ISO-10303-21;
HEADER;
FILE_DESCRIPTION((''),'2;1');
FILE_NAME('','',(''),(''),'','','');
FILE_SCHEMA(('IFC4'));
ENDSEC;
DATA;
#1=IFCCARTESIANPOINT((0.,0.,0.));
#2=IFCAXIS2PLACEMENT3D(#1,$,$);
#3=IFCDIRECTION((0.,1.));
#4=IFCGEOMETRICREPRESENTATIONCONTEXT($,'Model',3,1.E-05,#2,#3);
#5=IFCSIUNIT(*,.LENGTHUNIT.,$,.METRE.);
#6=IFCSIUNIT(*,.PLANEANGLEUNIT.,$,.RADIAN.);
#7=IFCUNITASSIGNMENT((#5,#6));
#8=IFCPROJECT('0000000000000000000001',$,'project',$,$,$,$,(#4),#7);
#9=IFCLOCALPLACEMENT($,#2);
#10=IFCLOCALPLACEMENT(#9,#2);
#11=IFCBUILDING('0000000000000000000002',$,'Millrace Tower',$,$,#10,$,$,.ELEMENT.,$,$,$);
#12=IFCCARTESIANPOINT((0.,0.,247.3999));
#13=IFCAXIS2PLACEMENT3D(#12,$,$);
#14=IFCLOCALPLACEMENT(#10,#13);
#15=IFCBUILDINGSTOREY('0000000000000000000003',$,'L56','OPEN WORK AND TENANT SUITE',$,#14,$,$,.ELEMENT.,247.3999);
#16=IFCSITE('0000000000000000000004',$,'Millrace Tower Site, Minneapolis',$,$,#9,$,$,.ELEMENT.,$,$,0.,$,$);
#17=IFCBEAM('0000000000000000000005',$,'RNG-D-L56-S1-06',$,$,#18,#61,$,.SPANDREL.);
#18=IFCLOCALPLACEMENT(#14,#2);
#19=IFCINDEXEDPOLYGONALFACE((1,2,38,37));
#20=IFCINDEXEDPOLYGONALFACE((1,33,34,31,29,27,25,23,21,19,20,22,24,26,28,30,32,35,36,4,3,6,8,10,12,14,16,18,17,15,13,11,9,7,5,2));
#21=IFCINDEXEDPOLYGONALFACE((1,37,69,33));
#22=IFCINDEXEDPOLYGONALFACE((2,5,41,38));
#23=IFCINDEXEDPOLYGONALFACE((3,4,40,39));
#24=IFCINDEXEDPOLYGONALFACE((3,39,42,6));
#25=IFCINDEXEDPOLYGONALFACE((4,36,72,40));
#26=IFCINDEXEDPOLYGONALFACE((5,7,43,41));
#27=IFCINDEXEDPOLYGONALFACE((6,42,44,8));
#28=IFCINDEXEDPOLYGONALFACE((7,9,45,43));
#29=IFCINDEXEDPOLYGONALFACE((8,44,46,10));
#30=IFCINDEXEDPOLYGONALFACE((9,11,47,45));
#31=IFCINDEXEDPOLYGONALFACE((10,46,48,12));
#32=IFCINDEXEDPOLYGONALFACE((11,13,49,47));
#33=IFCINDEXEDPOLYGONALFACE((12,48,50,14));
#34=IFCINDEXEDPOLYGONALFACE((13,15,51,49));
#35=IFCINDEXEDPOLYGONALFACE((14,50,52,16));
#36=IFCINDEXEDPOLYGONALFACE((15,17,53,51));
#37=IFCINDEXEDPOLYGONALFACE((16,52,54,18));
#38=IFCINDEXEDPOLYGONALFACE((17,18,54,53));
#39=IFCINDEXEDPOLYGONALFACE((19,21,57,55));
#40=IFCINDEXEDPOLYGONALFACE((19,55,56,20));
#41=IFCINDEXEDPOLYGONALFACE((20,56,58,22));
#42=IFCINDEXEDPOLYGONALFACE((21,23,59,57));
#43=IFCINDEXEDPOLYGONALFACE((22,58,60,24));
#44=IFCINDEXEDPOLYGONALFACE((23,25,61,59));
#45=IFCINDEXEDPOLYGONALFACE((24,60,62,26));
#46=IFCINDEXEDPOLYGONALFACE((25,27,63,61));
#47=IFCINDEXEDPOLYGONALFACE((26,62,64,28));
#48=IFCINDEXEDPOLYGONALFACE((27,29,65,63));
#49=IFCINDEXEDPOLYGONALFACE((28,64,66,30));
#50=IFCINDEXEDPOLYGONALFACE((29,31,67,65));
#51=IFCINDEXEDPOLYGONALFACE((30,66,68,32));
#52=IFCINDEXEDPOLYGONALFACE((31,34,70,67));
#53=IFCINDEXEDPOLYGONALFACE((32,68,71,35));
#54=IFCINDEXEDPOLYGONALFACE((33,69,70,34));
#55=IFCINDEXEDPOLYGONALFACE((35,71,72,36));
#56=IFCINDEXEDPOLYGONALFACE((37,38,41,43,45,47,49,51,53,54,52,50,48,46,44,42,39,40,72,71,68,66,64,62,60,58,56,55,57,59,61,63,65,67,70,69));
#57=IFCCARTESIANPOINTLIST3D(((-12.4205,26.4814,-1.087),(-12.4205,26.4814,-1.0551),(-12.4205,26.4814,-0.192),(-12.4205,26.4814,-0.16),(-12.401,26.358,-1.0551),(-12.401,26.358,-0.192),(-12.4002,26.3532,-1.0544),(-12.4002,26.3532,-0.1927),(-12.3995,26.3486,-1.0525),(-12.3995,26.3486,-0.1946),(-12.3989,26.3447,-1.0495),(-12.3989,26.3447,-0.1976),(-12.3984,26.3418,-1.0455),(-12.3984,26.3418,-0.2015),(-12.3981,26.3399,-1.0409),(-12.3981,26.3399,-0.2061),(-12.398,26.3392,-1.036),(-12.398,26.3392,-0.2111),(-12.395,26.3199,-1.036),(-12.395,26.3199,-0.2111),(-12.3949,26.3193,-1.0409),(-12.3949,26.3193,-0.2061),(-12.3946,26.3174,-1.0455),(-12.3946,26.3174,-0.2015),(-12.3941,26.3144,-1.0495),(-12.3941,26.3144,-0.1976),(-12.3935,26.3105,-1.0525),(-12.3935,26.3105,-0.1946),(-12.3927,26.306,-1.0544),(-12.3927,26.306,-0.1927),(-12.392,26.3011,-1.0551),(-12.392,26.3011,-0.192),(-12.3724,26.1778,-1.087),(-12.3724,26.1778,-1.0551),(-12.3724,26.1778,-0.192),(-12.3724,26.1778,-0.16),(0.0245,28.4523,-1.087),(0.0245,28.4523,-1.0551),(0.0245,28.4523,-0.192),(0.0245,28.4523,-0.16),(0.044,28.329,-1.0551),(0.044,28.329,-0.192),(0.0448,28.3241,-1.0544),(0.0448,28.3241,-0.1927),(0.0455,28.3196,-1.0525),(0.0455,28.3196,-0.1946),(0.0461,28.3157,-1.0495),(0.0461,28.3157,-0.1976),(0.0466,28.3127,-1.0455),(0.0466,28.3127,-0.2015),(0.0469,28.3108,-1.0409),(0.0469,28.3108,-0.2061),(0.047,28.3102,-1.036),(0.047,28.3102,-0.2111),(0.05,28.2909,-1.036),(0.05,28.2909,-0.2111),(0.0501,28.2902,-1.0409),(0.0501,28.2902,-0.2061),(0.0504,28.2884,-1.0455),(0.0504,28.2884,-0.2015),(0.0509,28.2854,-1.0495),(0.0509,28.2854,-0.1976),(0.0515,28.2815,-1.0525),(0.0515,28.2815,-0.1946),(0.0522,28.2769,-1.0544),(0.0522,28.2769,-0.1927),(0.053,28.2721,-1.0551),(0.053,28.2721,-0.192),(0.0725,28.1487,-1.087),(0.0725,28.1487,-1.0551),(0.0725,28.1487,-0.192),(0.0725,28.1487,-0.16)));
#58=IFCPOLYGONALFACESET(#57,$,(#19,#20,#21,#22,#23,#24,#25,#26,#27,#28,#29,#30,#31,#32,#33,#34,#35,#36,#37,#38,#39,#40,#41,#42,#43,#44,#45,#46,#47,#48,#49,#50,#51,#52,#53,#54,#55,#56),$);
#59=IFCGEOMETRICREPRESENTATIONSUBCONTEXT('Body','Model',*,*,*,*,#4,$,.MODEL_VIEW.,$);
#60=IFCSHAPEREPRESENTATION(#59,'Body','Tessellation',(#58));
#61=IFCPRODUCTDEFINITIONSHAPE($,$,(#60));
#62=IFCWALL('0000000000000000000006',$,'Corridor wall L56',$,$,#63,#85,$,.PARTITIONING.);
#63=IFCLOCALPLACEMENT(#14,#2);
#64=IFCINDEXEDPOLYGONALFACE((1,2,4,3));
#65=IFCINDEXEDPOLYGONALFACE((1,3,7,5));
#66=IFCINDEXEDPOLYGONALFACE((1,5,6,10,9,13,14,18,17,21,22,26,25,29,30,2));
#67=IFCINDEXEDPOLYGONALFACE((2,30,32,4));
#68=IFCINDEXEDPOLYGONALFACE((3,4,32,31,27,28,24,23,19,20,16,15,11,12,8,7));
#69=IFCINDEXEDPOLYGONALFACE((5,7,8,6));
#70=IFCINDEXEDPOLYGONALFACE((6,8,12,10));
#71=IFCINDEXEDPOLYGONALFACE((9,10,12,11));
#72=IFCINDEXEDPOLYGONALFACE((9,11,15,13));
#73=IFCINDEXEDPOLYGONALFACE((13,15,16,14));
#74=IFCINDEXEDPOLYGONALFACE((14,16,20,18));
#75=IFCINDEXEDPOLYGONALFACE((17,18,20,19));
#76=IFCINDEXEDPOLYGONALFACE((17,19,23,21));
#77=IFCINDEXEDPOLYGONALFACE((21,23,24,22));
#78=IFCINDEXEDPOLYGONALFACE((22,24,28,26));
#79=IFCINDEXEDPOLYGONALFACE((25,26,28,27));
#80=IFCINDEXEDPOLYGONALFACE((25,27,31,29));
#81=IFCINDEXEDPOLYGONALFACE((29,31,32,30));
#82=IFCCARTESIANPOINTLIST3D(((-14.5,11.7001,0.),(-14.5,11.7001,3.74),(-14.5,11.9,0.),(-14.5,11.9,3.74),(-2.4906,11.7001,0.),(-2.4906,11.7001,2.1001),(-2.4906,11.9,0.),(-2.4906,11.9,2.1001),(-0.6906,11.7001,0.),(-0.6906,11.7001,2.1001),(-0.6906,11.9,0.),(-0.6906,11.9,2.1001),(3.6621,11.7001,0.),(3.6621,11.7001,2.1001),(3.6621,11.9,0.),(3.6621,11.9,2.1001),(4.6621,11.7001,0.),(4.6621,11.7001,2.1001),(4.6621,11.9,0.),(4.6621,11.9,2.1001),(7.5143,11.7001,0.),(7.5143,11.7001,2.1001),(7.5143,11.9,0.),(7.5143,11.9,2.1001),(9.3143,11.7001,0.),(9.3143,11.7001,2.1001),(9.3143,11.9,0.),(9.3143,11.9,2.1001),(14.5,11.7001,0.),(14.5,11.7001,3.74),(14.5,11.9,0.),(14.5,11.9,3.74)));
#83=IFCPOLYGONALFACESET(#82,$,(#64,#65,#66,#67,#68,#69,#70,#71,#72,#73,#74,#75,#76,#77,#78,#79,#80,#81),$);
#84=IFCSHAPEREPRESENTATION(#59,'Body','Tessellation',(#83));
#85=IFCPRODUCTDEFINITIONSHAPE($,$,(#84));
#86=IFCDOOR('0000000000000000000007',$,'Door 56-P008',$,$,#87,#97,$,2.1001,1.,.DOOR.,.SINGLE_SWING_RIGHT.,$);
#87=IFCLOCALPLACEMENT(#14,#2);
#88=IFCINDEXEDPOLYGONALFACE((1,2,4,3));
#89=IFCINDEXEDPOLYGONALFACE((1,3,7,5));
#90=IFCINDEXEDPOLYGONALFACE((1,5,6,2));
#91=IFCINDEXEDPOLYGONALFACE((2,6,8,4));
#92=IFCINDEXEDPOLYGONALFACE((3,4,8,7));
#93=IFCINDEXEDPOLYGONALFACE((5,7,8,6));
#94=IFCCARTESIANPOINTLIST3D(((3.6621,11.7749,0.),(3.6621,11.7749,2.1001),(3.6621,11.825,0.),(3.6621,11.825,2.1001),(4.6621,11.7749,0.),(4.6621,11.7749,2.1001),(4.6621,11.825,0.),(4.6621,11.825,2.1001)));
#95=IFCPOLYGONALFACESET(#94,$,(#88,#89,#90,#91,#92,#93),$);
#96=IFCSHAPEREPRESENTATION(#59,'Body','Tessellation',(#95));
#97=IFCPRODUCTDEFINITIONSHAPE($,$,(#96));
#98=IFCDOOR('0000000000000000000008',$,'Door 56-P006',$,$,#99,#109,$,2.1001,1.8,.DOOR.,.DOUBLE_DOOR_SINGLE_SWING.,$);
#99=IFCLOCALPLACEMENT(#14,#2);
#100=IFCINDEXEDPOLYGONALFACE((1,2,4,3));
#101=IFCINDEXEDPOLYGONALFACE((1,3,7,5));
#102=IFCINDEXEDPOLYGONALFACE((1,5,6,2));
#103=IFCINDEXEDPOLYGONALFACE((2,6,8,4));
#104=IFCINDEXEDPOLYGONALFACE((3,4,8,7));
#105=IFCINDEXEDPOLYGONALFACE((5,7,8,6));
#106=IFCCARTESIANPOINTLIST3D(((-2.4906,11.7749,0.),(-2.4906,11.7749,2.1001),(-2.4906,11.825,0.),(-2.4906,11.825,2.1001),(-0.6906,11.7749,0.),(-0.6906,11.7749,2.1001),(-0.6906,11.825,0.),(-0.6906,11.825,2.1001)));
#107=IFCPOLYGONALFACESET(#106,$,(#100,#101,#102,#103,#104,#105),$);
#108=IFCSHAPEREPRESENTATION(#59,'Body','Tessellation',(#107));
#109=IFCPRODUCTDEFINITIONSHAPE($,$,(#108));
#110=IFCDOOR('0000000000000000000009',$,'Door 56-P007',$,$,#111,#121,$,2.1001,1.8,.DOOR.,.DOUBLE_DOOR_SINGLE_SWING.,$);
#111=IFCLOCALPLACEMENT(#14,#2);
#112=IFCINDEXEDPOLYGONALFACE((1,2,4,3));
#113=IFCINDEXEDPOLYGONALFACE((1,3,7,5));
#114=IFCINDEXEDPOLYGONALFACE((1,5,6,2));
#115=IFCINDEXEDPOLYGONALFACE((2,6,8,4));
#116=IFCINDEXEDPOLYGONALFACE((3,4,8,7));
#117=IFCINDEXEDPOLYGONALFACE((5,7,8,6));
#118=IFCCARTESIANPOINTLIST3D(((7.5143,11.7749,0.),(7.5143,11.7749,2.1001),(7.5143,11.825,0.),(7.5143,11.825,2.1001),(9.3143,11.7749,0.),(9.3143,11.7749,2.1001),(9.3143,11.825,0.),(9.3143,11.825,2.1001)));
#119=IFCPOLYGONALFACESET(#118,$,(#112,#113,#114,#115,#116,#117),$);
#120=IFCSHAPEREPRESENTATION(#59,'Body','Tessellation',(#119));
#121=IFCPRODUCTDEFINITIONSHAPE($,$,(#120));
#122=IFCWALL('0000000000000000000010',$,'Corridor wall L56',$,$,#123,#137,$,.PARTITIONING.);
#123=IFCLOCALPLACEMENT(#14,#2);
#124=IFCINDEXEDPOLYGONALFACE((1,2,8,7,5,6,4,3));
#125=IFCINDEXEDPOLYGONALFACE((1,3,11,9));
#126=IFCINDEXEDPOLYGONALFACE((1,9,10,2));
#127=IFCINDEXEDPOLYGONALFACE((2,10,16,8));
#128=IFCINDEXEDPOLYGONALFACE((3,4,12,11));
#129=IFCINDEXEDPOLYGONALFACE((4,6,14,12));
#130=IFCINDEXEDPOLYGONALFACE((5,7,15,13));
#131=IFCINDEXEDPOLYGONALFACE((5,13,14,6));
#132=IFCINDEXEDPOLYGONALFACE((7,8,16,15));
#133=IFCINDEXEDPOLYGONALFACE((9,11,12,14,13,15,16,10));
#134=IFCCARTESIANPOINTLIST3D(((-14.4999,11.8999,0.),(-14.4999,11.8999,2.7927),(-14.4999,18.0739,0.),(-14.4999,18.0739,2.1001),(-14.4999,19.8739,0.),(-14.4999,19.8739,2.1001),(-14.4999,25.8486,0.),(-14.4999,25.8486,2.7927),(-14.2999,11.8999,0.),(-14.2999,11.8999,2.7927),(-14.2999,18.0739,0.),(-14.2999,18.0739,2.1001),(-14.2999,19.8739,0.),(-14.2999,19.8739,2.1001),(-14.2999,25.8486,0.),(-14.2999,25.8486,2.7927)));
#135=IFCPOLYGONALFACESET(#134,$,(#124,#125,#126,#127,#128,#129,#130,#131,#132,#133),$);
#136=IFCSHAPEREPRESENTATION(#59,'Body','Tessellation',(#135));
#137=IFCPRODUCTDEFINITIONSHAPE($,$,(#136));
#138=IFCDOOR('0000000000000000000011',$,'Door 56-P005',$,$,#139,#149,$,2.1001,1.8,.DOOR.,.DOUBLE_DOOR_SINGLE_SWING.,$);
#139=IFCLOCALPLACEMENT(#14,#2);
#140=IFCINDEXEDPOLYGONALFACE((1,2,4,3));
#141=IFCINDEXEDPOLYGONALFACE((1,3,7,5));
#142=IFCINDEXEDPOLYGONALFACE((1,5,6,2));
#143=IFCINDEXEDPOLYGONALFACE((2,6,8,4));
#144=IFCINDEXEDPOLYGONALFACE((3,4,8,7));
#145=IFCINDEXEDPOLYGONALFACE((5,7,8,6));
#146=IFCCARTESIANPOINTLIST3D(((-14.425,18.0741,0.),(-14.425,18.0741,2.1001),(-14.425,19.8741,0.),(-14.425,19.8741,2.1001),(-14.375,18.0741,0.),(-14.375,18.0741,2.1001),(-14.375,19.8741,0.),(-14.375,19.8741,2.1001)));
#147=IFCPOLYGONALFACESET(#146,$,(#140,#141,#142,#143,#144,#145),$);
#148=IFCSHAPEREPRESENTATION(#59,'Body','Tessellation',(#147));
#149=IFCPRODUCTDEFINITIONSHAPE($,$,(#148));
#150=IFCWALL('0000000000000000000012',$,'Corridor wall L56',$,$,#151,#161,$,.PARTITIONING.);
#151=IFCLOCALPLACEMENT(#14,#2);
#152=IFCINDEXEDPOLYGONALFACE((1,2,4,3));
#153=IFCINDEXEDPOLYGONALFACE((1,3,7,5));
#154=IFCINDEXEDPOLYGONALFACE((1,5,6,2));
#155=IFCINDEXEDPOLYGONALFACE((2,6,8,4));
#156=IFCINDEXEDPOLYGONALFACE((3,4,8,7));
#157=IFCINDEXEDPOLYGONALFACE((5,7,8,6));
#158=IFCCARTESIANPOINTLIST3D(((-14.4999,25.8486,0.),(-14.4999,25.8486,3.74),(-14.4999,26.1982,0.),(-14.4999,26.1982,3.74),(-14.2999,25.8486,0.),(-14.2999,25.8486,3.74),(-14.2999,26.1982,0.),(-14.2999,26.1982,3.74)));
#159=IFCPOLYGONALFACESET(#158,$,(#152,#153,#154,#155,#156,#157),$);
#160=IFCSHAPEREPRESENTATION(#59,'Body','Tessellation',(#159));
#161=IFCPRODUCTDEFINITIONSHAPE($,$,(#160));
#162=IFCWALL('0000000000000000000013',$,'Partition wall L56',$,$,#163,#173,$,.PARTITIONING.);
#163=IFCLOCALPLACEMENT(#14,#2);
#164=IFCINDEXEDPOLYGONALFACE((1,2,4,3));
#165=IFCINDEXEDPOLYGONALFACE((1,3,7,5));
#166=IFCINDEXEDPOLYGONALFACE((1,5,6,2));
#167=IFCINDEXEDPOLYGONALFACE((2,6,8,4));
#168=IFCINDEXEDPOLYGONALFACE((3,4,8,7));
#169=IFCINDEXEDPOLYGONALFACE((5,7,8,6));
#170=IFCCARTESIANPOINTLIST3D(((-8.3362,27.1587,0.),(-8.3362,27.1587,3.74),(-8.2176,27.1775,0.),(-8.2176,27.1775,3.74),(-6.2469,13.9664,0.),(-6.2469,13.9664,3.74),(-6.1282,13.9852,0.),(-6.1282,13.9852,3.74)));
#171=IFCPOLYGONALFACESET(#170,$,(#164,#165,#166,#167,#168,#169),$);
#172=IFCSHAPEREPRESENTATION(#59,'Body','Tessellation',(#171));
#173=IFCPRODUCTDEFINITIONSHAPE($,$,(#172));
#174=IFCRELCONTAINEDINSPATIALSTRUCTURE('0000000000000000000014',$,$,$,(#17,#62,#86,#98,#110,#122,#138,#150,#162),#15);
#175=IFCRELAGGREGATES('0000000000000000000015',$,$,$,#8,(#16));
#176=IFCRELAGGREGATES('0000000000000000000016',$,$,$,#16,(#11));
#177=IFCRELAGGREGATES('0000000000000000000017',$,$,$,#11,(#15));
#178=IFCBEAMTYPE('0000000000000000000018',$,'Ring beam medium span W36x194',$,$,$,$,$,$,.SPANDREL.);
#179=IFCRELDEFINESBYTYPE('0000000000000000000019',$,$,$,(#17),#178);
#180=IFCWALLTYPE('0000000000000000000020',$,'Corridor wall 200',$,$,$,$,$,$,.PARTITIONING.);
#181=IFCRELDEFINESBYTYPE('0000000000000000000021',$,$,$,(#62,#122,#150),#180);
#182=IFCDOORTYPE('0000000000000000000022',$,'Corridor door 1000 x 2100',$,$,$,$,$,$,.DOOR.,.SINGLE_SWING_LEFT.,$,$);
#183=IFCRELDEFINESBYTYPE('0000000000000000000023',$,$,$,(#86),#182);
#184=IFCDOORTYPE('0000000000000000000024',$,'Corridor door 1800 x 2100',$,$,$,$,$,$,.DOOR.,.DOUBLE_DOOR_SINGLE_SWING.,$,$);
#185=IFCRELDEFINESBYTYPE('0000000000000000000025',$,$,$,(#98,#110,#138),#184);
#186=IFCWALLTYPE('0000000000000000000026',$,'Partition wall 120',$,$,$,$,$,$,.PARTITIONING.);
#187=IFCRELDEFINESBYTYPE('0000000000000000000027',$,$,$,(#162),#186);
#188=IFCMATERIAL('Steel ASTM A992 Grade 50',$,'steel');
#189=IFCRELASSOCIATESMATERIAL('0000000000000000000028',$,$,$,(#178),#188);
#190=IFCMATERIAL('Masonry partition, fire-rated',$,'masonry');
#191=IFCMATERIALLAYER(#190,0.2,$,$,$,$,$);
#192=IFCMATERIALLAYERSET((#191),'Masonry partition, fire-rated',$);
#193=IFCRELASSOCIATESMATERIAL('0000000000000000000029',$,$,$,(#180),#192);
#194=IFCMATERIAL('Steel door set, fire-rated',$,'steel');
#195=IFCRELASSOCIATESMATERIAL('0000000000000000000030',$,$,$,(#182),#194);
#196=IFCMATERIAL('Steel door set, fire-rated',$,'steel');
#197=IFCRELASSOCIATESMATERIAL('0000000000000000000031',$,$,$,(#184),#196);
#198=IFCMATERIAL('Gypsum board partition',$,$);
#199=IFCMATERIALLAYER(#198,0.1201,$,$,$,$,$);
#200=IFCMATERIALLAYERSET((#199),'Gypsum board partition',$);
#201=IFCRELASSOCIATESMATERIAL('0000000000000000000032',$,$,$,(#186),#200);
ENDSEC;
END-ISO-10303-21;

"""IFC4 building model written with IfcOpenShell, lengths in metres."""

from ifc_helpers import new_model, si_unit, direction, frame, frame_2d, origin, origin_2d, place, context, subcontext, project, spatial, rectangle, i_section, extrude, material, layer, layer_set, material_profile, profile_set, type_object, element, fill, save


model = new_model("IFC4")

# Units and contexts
model_context = context("Model", 3, precision=1e-05, world=origin(), true_north=direction((0.0, 1.0)))
body_context = subcontext(model_context, "Body", "Model", "MODEL_VIEW")
ifc_project = project(units=[si_unit("LENGTHUNIT", "METRE"), si_unit("PLANEANGLEUNIT", "RADIAN")], contexts=[model_context])

# Site, building, storey
site_placement = place(None, origin())
site = spatial("IfcSite", under=ifc_project, at=site_placement, Name="Millrace Tower Site, Minneapolis", CompositionType="ELEMENT", RefElevation=0.0)
building_placement = place(site_placement, origin())
building = spatial("IfcBuilding", under=site, at=building_placement, Name="Millrace Tower", CompositionType="ELEMENT")
storey_placement = place(building_placement, frame((0.0, 0.0, 247.3999)))
storey = spatial("IfcBuildingStorey", under=building, at=storey_placement, Name="L56", Description="OPEN WORK AND TENANT SUITE", CompositionType="ELEMENT", Elevation=247.3999)

# Beam
ifc_material_1 = material(Name="Steel ASTM A992 Grade 50", Category="steel")
ifc_material_profile_1 = material_profile(ifc_material_1, i_section(OverallWidth=0.3074, OverallDepth=0.927, WebThickness=0.0195, FlangeThickness=0.032, FilletRadius=0.019, at=origin_2d()))
ifc_profile_set_1 = profile_set([ifc_material_profile_1], Name="Steel ASTM A992 Grade 50")
beam_type_1 = type_object("IfcBeamType", Name="Ring beam medium span W36x194", PredefinedType="SPANDREL", material=ifc_profile_set_1)
beam_1_placement = place(storey_placement, frame((-12.3965, 26.3296, -0.6235), z_axis=(0.98769, 0.156422, 0.0), x_axis=(-0.156422, 0.98769, 0.0)))
element("IfcBeam", 1, at=beam_1_placement, inside=storey, type_object=beam_type_1, Name="RNG-D-L56-S1-06", PredefinedType="SPANDREL", context=body_context, shape_type="SweptSolid", body=[
    extrude(i_section(OverallWidth=0.3074, OverallDepth=0.927, WebThickness=0.0195, FlangeThickness=0.032, FilletRadius=0.019, at=origin_2d()), origin(), (0.0, 0.0, 1.0), 12.6001),
])

# Wall, openings, doors
ifc_material_2 = material(Name="Masonry partition, fire-rated", Category="masonry")
ifc_layer_1 = layer(ifc_material_2, 0.2)
ifc_layer_set_1 = layer_set([ifc_layer_1], Name="Masonry partition, fire-rated")
wall_type_1 = type_object("IfcWallType", Name="Corridor wall 200", PredefinedType="PARTITIONING", material=ifc_layer_set_1)
wall_1_placement = place(storey_placement, frame((-14.5, 11.8, 0.0), z_axis=(0.0, 0.0, 1.0), x_axis=(1.0, 0.0, 0.0)))
wall_1 = element("IfcWall", 2, at=wall_1_placement, inside=storey, type_object=wall_type_1, Name="Corridor wall L56", PredefinedType="PARTITIONING", context=body_context, shape_type="SweptSolid", body=[
    extrude(rectangle(XDim=29.0, YDim=0.2, at=frame_2d((14.5, 0.0))), origin(), (0.0, 0.0, 1.0), 3.74),
])
opening_1_placement = place(wall_1_placement, frame((12.0095, 0.0, 0.0)))
opening_1 = element("IfcOpeningElement", 3, at=opening_1_placement, cuts=wall_1, PredefinedType="OPENING", context=body_context, shape_type="SweptSolid", body=[
    extrude(rectangle(XDim=1.8, YDim=2.1001, at=frame_2d((0.8999, 1.05))), frame((0.0, 0.1099, 0.0), z_axis=(0.0, -1.0, 0.0), x_axis=(1.0, 0.0, 0.0)), (0.0, 0.0, 1.0), 0.22),
])
opening_2_placement = place(wall_1_placement, frame((22.0144, 0.0, 0.0)))
opening_2 = element("IfcOpeningElement", 4, at=opening_2_placement, cuts=wall_1, PredefinedType="OPENING", context=body_context, shape_type="SweptSolid", body=[
    extrude(rectangle(XDim=1.8, YDim=2.1001, at=frame_2d((0.8999, 1.05))), frame((0.0, 0.1099, 0.0), z_axis=(0.0, -1.0, 0.0), x_axis=(1.0, 0.0, 0.0)), (0.0, 0.0, 1.0), 0.22),
])
opening_3_placement = place(wall_1_placement, frame((18.1621, 0.0, 0.0)))
opening_3 = element("IfcOpeningElement", 5, at=opening_3_placement, cuts=wall_1, PredefinedType="OPENING", context=body_context, shape_type="SweptSolid", body=[
    extrude(rectangle(XDim=1.0, YDim=2.1001, at=frame_2d((0.5, 1.05))), frame((0.0, 0.1099, 0.0), z_axis=(0.0, -1.0, 0.0), x_axis=(1.0, 0.0, 0.0)), (0.0, 0.0, 1.0), 0.22),
])
ifc_material_3 = material(Name="Steel door set, fire-rated", Category="steel")
door_type_1 = type_object("IfcDoorType", Name="Corridor door 1000 x 2100", OperationType="SINGLE_SWING_LEFT", PredefinedType="DOOR", material=ifc_material_3)
door_1_placement = place(opening_3_placement, origin())
door_1 = element("IfcDoor", 6, at=door_1_placement, inside=storey, type_object=door_type_1, Name="Door 56-P008", OperationType="SINGLE_SWING_RIGHT", OverallHeight=2.1001, OverallWidth=1.0, PredefinedType="DOOR", context=body_context, shape_type="SweptSolid", body=[
    extrude(rectangle(XDim=1.0, YDim=2.1001, at=frame_2d((0.5, 1.05))), frame((0.0, 0.0249, 0.0), z_axis=(0.0, -1.0, 0.0), x_axis=(1.0, 0.0, 0.0)), (0.0, 0.0, 1.0), 0.05),
])
fill(opening_3, door_1)
ifc_material_4 = material(Name="Steel door set, fire-rated", Category="steel")
door_type_2 = type_object("IfcDoorType", Name="Corridor door 1800 x 2100", OperationType="DOUBLE_DOOR_SINGLE_SWING", PredefinedType="DOOR", material=ifc_material_4)
door_2_placement = place(opening_1_placement, origin())
door_2 = element("IfcDoor", 7, at=door_2_placement, inside=storey, type_object=door_type_2, Name="Door 56-P006", OperationType="DOUBLE_DOOR_SINGLE_SWING", OverallHeight=2.1001, OverallWidth=1.8, PredefinedType="DOOR", context=body_context, shape_type="SweptSolid", body=[
    extrude(rectangle(XDim=1.8, YDim=2.1001, at=frame_2d((0.8999, 1.05))), frame((0.0, 0.0249, 0.0), z_axis=(0.0, -1.0, 0.0), x_axis=(1.0, 0.0, 0.0)), (0.0, 0.0, 1.0), 0.05),
])
fill(opening_1, door_2)
door_3_placement = place(opening_2_placement, origin())
door_3 = element("IfcDoor", 8, at=door_3_placement, inside=storey, type_object=door_type_2, Name="Door 56-P007", OperationType="DOUBLE_DOOR_SINGLE_SWING", OverallHeight=2.1001, OverallWidth=1.8, PredefinedType="DOOR", context=body_context, shape_type="SweptSolid", body=[
    extrude(rectangle(XDim=1.8, YDim=2.1001, at=frame_2d((0.8999, 1.05))), frame((0.0, 0.0249, 0.0), z_axis=(0.0, -1.0, 0.0), x_axis=(1.0, 0.0, 0.0)), (0.0, 0.0, 1.0), 0.05),
])
fill(opening_2, door_3)

# Wall, opening, door
wall_2_placement = place(storey_placement, frame((-14.3999, 11.8999, 0.0), z_axis=(0.0, 0.0, 1.0), x_axis=(0.0, 1.0, 0.0)))
wall_2 = element("IfcWall", 9, at=wall_2_placement, inside=storey, type_object=wall_type_1, Name="Corridor wall L56", PredefinedType="PARTITIONING", context=body_context, shape_type="SweptSolid", body=[
    extrude(rectangle(XDim=13.9487, YDim=0.2, at=frame_2d((6.9744, 0.0))), origin(), (0.0, 0.0, 1.0), 2.7927),
])
opening_4_placement = place(wall_2_placement, frame((6.1741, 0.0, 0.0)))
opening_4 = element("IfcOpeningElement", 10, at=opening_4_placement, cuts=wall_2, PredefinedType="OPENING", context=body_context, shape_type="SweptSolid", body=[
    extrude(rectangle(XDim=1.8, YDim=2.1001, at=frame_2d((0.8999, 1.05))), frame((0.0, 0.1099, 0.0), z_axis=(0.0, -1.0, 0.0), x_axis=(1.0, 0.0, 0.0)), (0.0, 0.0, 1.0), 0.22),
])
door_4_placement = place(opening_4_placement, frame((1.8, 0.0, 0.0), z_axis=(0.0, 0.0, 1.0), x_axis=(-1.0, 0.0, 0.0)))
door_4 = element("IfcDoor", 11, at=door_4_placement, inside=storey, type_object=door_type_2, Name="Door 56-P005", OperationType="DOUBLE_DOOR_SINGLE_SWING", OverallHeight=2.1001, OverallWidth=1.8, PredefinedType="DOOR", context=body_context, shape_type="SweptSolid", body=[
    extrude(rectangle(XDim=1.8, YDim=2.1001, at=frame_2d((0.8999, 1.05))), frame((0.0, 0.0249, 0.0), z_axis=(0.0, -1.0, 0.0), x_axis=(1.0, 0.0, 0.0)), (0.0, 0.0, 1.0), 0.05),
])
fill(opening_4, door_4)

# Walls
wall_3_placement = place(storey_placement, frame((-14.3999, 25.8486, 0.0), z_axis=(0.0, 0.0, 1.0), x_axis=(0.0, 1.0, 0.0)))
element("IfcWall", 12, at=wall_3_placement, inside=storey, type_object=wall_type_1, Name="Corridor wall L56", PredefinedType="PARTITIONING", context=body_context, shape_type="SweptSolid", body=[
    extrude(rectangle(XDim=0.3496, YDim=0.2, at=frame_2d((0.1748, 0.0))), origin(), (0.0, 0.0, 1.0), 3.74),
])
ifc_material_5 = material(Name="Gypsum board partition")
ifc_layer_2 = layer(ifc_material_5, 0.1201)
ifc_layer_set_2 = layer_set([ifc_layer_2], Name="Gypsum board partition")
wall_type_2 = type_object("IfcWallType", Name="Partition wall 120", PredefinedType="PARTITIONING", material=ifc_layer_set_2)
wall_4_placement = place(storey_placement, frame((-8.2769, 27.168, 0.0), z_axis=(0.0, 0.0, 1.0), x_axis=(0.156426, -0.98769, 0.0)))
element("IfcWall", 13, at=wall_4_placement, inside=storey, type_object=wall_type_2, Name="Partition wall L56", PredefinedType="PARTITIONING", context=body_context, shape_type="SweptSolid", body=[
    extrude(rectangle(XDim=13.3567, YDim=0.1201, at=frame_2d((6.6782, 0.0))), origin(), (0.0, 0.0, 1.0), 3.74),
])

save(model, "model.ifc")
